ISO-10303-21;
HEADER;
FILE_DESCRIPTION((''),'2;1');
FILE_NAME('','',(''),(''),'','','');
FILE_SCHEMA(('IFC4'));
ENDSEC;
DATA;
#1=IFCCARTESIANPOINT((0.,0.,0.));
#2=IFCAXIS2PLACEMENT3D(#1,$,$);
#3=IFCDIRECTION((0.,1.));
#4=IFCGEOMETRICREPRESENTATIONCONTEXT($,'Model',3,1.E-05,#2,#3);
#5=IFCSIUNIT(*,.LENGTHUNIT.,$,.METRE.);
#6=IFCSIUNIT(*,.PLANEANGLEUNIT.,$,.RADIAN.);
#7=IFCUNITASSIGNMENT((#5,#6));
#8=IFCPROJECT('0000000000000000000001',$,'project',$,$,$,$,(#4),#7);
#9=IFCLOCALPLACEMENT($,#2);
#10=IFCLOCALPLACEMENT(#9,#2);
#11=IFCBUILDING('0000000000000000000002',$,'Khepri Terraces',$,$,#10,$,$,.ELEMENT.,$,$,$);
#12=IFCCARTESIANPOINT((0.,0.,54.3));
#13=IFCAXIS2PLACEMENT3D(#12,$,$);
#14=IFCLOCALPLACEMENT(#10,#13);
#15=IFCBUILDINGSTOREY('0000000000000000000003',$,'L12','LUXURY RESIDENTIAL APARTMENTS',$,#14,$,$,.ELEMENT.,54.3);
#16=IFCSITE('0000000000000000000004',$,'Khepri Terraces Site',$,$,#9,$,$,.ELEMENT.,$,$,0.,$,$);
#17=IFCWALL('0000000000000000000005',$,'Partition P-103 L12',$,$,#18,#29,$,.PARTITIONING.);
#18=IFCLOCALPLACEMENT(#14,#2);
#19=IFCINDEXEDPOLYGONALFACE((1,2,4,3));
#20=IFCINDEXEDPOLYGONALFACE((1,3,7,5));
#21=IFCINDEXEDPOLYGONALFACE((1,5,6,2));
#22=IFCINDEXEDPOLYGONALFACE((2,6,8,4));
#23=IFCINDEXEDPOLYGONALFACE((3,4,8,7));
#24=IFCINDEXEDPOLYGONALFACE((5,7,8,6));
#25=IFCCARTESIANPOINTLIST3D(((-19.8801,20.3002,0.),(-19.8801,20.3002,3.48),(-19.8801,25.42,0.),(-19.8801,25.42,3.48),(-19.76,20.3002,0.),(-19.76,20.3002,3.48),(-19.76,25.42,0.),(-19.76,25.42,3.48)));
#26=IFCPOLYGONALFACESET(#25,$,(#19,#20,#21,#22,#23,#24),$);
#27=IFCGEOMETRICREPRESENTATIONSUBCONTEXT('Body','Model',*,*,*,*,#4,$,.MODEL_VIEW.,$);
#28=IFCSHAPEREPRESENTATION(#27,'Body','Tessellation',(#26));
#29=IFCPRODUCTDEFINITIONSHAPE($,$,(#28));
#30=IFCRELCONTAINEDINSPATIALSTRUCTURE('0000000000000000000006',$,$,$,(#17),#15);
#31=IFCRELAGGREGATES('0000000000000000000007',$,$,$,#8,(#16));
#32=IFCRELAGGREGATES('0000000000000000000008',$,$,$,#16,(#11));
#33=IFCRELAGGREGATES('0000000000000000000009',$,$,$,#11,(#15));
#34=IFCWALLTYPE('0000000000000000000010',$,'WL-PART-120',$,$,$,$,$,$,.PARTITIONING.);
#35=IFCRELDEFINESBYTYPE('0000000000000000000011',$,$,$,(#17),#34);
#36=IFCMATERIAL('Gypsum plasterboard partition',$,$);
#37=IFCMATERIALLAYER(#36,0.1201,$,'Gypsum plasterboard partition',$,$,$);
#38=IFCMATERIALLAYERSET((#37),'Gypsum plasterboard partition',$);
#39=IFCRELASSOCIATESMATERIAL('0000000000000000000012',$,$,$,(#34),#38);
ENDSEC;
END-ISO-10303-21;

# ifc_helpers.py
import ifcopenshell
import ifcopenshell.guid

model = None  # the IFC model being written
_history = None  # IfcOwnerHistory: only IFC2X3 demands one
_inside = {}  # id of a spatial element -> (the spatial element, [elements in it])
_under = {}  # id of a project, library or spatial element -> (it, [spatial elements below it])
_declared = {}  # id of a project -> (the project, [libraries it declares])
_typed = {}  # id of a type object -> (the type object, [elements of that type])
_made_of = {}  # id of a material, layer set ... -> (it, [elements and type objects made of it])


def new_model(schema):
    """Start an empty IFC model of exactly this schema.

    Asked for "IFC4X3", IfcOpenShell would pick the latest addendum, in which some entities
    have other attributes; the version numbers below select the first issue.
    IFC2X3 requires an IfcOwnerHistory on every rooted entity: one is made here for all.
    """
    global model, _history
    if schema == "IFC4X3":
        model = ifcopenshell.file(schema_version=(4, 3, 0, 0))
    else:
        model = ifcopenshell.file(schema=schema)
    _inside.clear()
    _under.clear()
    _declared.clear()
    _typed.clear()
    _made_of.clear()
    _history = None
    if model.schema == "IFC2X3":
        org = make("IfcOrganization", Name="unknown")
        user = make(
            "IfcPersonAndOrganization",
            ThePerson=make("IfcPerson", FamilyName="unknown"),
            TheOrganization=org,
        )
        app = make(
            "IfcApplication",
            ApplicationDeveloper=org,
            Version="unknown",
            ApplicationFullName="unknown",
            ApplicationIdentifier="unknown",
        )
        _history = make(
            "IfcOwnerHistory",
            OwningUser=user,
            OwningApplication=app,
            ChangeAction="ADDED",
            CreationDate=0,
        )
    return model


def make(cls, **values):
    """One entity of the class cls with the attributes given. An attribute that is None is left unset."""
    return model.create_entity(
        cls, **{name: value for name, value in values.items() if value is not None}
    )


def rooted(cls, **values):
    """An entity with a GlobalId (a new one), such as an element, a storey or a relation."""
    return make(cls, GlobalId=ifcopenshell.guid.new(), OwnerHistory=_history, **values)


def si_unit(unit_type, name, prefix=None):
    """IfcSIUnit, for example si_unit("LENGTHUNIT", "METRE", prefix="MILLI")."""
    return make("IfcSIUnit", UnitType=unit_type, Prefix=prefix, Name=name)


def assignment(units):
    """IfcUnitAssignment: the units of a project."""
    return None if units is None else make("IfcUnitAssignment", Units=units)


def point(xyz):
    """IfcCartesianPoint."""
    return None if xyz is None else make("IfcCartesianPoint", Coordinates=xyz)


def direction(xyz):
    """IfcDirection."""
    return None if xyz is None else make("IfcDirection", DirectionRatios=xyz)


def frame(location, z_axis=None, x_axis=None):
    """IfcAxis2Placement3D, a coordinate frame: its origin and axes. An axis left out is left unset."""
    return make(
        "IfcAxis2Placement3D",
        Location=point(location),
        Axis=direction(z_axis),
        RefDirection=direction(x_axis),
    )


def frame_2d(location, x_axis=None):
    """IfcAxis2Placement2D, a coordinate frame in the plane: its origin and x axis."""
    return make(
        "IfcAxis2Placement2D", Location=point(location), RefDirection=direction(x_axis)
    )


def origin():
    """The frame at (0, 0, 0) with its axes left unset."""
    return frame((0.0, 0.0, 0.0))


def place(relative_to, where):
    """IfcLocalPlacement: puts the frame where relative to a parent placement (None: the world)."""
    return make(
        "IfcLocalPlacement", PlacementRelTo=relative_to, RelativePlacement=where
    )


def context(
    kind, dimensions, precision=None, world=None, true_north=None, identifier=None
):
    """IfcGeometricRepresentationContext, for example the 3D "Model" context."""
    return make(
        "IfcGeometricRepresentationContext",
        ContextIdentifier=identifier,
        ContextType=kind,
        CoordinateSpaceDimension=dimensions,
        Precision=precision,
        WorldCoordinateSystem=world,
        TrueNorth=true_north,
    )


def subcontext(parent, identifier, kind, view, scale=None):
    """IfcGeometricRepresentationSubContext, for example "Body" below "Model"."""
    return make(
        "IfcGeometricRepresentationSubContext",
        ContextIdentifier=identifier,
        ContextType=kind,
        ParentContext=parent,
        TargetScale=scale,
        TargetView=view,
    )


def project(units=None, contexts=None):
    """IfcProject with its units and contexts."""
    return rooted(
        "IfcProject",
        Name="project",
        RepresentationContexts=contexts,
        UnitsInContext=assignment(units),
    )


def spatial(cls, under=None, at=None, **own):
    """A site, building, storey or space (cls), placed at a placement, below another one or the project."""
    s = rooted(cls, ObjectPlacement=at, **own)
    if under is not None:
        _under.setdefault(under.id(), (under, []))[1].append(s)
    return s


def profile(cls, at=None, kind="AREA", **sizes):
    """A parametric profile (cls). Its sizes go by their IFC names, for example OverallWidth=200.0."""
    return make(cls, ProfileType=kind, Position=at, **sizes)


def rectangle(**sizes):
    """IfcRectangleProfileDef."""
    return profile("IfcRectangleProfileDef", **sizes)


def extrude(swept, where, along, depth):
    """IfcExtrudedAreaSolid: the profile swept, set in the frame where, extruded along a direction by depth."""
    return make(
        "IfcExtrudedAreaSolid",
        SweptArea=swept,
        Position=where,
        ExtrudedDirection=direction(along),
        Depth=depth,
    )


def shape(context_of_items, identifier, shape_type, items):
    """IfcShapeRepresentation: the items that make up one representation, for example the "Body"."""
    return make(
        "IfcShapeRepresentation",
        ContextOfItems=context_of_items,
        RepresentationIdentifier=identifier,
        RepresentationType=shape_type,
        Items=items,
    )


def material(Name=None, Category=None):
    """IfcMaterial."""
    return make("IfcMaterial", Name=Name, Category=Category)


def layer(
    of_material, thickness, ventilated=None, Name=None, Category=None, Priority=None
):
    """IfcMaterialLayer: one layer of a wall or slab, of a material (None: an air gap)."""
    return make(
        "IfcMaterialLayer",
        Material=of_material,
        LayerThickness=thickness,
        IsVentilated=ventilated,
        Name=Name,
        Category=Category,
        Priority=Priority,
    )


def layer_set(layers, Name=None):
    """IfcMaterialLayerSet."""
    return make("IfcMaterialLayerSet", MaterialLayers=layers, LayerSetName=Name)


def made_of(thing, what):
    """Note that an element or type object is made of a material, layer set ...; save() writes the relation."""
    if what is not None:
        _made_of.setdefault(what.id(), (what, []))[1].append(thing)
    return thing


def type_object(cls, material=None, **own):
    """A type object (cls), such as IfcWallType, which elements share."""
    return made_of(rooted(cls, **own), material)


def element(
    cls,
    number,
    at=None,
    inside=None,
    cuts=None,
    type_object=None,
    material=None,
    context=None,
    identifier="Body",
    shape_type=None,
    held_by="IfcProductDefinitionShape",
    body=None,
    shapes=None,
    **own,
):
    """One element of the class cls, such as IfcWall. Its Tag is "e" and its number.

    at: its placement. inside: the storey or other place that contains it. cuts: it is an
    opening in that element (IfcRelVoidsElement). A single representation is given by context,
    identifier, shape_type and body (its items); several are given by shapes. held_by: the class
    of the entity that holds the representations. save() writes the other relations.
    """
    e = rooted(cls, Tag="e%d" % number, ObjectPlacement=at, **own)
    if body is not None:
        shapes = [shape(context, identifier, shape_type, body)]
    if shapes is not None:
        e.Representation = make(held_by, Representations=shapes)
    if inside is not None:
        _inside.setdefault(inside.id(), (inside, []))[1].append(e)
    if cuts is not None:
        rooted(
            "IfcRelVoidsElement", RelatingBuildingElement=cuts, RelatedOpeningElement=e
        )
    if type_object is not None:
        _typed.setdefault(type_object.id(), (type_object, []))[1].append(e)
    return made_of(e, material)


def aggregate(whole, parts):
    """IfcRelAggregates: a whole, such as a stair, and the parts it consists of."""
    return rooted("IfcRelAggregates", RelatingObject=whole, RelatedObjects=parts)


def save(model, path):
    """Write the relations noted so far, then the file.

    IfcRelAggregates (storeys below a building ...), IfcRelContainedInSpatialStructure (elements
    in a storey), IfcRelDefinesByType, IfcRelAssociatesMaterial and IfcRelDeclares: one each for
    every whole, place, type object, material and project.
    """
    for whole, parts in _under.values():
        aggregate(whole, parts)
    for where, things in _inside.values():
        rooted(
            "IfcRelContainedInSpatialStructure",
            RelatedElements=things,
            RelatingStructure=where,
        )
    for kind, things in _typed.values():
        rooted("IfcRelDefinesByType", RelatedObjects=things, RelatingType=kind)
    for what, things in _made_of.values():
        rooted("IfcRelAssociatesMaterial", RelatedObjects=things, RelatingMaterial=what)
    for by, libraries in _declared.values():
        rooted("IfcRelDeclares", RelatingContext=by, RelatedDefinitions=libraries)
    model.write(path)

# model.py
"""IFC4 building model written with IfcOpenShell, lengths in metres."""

from ifc_helpers import new_model, si_unit, direction, frame, frame_2d, origin, place, context, subcontext, project, spatial, rectangle, extrude, material, layer, layer_set, type_object, element, save


model = new_model("IFC4")

# Units and contexts
model_context = context("Model", 3, precision=1e-05, world=origin(), true_north=direction((0.0, 1.0)))
body_context = subcontext(model_context, "Body", "Model", "MODEL_VIEW")
ifc_project = project(units=[si_unit("LENGTHUNIT", "METRE"), si_unit("PLANEANGLEUNIT", "RADIAN")], contexts=[model_context])

# Site, building, storey
site_placement = place(None, origin())
site = spatial("IfcSite", under=ifc_project, at=site_placement, Name="Khepri Terraces Site", CompositionType="ELEMENT", RefElevation=0.0)
building_placement = place(site_placement, origin())
building = spatial("IfcBuilding", under=site, at=building_placement, Name="Khepri Terraces", CompositionType="ELEMENT")
storey_placement = place(building_placement, frame((0.0, 0.0, 54.3)))
storey = spatial("IfcBuildingStorey", under=building, at=storey_placement, Name="L12", Description="LUXURY RESIDENTIAL APARTMENTS", CompositionType="ELEMENT", Elevation=54.3)

# Shared definitions
ifc_material_1 = material(Name="Gypsum plasterboard partition")
ifc_layer_1 = layer(ifc_material_1, 0.1201, Name="Gypsum plasterboard partition")
ifc_layer_set_1 = layer_set([ifc_layer_1], Name="Gypsum plasterboard partition")
wall_type_1 = type_object("IfcWallType", Name="WL-PART-120", PredefinedType="PARTITIONING", material=ifc_layer_set_1)

# Wall
wall_1_placement = place(storey_placement, frame((-19.8201, 20.3, 0.0), z_axis=(0.0, 0.0, 1.0), x_axis=(0.0, 1.0, 0.0)))
element("IfcWall", 1, at=wall_1_placement, inside=storey, type_object=wall_type_1, Name="Partition P-103 L12", PredefinedType="PARTITIONING", context=body_context, shape_type="SweptSolid", body=[
    extrude(rectangle(XDim=5.1199, YDim=0.1201, at=frame_2d((2.5601, 0.0))), origin(), (0.0, 0.0, 1.0), 3.48),
])

save(model, "model.ifc")
